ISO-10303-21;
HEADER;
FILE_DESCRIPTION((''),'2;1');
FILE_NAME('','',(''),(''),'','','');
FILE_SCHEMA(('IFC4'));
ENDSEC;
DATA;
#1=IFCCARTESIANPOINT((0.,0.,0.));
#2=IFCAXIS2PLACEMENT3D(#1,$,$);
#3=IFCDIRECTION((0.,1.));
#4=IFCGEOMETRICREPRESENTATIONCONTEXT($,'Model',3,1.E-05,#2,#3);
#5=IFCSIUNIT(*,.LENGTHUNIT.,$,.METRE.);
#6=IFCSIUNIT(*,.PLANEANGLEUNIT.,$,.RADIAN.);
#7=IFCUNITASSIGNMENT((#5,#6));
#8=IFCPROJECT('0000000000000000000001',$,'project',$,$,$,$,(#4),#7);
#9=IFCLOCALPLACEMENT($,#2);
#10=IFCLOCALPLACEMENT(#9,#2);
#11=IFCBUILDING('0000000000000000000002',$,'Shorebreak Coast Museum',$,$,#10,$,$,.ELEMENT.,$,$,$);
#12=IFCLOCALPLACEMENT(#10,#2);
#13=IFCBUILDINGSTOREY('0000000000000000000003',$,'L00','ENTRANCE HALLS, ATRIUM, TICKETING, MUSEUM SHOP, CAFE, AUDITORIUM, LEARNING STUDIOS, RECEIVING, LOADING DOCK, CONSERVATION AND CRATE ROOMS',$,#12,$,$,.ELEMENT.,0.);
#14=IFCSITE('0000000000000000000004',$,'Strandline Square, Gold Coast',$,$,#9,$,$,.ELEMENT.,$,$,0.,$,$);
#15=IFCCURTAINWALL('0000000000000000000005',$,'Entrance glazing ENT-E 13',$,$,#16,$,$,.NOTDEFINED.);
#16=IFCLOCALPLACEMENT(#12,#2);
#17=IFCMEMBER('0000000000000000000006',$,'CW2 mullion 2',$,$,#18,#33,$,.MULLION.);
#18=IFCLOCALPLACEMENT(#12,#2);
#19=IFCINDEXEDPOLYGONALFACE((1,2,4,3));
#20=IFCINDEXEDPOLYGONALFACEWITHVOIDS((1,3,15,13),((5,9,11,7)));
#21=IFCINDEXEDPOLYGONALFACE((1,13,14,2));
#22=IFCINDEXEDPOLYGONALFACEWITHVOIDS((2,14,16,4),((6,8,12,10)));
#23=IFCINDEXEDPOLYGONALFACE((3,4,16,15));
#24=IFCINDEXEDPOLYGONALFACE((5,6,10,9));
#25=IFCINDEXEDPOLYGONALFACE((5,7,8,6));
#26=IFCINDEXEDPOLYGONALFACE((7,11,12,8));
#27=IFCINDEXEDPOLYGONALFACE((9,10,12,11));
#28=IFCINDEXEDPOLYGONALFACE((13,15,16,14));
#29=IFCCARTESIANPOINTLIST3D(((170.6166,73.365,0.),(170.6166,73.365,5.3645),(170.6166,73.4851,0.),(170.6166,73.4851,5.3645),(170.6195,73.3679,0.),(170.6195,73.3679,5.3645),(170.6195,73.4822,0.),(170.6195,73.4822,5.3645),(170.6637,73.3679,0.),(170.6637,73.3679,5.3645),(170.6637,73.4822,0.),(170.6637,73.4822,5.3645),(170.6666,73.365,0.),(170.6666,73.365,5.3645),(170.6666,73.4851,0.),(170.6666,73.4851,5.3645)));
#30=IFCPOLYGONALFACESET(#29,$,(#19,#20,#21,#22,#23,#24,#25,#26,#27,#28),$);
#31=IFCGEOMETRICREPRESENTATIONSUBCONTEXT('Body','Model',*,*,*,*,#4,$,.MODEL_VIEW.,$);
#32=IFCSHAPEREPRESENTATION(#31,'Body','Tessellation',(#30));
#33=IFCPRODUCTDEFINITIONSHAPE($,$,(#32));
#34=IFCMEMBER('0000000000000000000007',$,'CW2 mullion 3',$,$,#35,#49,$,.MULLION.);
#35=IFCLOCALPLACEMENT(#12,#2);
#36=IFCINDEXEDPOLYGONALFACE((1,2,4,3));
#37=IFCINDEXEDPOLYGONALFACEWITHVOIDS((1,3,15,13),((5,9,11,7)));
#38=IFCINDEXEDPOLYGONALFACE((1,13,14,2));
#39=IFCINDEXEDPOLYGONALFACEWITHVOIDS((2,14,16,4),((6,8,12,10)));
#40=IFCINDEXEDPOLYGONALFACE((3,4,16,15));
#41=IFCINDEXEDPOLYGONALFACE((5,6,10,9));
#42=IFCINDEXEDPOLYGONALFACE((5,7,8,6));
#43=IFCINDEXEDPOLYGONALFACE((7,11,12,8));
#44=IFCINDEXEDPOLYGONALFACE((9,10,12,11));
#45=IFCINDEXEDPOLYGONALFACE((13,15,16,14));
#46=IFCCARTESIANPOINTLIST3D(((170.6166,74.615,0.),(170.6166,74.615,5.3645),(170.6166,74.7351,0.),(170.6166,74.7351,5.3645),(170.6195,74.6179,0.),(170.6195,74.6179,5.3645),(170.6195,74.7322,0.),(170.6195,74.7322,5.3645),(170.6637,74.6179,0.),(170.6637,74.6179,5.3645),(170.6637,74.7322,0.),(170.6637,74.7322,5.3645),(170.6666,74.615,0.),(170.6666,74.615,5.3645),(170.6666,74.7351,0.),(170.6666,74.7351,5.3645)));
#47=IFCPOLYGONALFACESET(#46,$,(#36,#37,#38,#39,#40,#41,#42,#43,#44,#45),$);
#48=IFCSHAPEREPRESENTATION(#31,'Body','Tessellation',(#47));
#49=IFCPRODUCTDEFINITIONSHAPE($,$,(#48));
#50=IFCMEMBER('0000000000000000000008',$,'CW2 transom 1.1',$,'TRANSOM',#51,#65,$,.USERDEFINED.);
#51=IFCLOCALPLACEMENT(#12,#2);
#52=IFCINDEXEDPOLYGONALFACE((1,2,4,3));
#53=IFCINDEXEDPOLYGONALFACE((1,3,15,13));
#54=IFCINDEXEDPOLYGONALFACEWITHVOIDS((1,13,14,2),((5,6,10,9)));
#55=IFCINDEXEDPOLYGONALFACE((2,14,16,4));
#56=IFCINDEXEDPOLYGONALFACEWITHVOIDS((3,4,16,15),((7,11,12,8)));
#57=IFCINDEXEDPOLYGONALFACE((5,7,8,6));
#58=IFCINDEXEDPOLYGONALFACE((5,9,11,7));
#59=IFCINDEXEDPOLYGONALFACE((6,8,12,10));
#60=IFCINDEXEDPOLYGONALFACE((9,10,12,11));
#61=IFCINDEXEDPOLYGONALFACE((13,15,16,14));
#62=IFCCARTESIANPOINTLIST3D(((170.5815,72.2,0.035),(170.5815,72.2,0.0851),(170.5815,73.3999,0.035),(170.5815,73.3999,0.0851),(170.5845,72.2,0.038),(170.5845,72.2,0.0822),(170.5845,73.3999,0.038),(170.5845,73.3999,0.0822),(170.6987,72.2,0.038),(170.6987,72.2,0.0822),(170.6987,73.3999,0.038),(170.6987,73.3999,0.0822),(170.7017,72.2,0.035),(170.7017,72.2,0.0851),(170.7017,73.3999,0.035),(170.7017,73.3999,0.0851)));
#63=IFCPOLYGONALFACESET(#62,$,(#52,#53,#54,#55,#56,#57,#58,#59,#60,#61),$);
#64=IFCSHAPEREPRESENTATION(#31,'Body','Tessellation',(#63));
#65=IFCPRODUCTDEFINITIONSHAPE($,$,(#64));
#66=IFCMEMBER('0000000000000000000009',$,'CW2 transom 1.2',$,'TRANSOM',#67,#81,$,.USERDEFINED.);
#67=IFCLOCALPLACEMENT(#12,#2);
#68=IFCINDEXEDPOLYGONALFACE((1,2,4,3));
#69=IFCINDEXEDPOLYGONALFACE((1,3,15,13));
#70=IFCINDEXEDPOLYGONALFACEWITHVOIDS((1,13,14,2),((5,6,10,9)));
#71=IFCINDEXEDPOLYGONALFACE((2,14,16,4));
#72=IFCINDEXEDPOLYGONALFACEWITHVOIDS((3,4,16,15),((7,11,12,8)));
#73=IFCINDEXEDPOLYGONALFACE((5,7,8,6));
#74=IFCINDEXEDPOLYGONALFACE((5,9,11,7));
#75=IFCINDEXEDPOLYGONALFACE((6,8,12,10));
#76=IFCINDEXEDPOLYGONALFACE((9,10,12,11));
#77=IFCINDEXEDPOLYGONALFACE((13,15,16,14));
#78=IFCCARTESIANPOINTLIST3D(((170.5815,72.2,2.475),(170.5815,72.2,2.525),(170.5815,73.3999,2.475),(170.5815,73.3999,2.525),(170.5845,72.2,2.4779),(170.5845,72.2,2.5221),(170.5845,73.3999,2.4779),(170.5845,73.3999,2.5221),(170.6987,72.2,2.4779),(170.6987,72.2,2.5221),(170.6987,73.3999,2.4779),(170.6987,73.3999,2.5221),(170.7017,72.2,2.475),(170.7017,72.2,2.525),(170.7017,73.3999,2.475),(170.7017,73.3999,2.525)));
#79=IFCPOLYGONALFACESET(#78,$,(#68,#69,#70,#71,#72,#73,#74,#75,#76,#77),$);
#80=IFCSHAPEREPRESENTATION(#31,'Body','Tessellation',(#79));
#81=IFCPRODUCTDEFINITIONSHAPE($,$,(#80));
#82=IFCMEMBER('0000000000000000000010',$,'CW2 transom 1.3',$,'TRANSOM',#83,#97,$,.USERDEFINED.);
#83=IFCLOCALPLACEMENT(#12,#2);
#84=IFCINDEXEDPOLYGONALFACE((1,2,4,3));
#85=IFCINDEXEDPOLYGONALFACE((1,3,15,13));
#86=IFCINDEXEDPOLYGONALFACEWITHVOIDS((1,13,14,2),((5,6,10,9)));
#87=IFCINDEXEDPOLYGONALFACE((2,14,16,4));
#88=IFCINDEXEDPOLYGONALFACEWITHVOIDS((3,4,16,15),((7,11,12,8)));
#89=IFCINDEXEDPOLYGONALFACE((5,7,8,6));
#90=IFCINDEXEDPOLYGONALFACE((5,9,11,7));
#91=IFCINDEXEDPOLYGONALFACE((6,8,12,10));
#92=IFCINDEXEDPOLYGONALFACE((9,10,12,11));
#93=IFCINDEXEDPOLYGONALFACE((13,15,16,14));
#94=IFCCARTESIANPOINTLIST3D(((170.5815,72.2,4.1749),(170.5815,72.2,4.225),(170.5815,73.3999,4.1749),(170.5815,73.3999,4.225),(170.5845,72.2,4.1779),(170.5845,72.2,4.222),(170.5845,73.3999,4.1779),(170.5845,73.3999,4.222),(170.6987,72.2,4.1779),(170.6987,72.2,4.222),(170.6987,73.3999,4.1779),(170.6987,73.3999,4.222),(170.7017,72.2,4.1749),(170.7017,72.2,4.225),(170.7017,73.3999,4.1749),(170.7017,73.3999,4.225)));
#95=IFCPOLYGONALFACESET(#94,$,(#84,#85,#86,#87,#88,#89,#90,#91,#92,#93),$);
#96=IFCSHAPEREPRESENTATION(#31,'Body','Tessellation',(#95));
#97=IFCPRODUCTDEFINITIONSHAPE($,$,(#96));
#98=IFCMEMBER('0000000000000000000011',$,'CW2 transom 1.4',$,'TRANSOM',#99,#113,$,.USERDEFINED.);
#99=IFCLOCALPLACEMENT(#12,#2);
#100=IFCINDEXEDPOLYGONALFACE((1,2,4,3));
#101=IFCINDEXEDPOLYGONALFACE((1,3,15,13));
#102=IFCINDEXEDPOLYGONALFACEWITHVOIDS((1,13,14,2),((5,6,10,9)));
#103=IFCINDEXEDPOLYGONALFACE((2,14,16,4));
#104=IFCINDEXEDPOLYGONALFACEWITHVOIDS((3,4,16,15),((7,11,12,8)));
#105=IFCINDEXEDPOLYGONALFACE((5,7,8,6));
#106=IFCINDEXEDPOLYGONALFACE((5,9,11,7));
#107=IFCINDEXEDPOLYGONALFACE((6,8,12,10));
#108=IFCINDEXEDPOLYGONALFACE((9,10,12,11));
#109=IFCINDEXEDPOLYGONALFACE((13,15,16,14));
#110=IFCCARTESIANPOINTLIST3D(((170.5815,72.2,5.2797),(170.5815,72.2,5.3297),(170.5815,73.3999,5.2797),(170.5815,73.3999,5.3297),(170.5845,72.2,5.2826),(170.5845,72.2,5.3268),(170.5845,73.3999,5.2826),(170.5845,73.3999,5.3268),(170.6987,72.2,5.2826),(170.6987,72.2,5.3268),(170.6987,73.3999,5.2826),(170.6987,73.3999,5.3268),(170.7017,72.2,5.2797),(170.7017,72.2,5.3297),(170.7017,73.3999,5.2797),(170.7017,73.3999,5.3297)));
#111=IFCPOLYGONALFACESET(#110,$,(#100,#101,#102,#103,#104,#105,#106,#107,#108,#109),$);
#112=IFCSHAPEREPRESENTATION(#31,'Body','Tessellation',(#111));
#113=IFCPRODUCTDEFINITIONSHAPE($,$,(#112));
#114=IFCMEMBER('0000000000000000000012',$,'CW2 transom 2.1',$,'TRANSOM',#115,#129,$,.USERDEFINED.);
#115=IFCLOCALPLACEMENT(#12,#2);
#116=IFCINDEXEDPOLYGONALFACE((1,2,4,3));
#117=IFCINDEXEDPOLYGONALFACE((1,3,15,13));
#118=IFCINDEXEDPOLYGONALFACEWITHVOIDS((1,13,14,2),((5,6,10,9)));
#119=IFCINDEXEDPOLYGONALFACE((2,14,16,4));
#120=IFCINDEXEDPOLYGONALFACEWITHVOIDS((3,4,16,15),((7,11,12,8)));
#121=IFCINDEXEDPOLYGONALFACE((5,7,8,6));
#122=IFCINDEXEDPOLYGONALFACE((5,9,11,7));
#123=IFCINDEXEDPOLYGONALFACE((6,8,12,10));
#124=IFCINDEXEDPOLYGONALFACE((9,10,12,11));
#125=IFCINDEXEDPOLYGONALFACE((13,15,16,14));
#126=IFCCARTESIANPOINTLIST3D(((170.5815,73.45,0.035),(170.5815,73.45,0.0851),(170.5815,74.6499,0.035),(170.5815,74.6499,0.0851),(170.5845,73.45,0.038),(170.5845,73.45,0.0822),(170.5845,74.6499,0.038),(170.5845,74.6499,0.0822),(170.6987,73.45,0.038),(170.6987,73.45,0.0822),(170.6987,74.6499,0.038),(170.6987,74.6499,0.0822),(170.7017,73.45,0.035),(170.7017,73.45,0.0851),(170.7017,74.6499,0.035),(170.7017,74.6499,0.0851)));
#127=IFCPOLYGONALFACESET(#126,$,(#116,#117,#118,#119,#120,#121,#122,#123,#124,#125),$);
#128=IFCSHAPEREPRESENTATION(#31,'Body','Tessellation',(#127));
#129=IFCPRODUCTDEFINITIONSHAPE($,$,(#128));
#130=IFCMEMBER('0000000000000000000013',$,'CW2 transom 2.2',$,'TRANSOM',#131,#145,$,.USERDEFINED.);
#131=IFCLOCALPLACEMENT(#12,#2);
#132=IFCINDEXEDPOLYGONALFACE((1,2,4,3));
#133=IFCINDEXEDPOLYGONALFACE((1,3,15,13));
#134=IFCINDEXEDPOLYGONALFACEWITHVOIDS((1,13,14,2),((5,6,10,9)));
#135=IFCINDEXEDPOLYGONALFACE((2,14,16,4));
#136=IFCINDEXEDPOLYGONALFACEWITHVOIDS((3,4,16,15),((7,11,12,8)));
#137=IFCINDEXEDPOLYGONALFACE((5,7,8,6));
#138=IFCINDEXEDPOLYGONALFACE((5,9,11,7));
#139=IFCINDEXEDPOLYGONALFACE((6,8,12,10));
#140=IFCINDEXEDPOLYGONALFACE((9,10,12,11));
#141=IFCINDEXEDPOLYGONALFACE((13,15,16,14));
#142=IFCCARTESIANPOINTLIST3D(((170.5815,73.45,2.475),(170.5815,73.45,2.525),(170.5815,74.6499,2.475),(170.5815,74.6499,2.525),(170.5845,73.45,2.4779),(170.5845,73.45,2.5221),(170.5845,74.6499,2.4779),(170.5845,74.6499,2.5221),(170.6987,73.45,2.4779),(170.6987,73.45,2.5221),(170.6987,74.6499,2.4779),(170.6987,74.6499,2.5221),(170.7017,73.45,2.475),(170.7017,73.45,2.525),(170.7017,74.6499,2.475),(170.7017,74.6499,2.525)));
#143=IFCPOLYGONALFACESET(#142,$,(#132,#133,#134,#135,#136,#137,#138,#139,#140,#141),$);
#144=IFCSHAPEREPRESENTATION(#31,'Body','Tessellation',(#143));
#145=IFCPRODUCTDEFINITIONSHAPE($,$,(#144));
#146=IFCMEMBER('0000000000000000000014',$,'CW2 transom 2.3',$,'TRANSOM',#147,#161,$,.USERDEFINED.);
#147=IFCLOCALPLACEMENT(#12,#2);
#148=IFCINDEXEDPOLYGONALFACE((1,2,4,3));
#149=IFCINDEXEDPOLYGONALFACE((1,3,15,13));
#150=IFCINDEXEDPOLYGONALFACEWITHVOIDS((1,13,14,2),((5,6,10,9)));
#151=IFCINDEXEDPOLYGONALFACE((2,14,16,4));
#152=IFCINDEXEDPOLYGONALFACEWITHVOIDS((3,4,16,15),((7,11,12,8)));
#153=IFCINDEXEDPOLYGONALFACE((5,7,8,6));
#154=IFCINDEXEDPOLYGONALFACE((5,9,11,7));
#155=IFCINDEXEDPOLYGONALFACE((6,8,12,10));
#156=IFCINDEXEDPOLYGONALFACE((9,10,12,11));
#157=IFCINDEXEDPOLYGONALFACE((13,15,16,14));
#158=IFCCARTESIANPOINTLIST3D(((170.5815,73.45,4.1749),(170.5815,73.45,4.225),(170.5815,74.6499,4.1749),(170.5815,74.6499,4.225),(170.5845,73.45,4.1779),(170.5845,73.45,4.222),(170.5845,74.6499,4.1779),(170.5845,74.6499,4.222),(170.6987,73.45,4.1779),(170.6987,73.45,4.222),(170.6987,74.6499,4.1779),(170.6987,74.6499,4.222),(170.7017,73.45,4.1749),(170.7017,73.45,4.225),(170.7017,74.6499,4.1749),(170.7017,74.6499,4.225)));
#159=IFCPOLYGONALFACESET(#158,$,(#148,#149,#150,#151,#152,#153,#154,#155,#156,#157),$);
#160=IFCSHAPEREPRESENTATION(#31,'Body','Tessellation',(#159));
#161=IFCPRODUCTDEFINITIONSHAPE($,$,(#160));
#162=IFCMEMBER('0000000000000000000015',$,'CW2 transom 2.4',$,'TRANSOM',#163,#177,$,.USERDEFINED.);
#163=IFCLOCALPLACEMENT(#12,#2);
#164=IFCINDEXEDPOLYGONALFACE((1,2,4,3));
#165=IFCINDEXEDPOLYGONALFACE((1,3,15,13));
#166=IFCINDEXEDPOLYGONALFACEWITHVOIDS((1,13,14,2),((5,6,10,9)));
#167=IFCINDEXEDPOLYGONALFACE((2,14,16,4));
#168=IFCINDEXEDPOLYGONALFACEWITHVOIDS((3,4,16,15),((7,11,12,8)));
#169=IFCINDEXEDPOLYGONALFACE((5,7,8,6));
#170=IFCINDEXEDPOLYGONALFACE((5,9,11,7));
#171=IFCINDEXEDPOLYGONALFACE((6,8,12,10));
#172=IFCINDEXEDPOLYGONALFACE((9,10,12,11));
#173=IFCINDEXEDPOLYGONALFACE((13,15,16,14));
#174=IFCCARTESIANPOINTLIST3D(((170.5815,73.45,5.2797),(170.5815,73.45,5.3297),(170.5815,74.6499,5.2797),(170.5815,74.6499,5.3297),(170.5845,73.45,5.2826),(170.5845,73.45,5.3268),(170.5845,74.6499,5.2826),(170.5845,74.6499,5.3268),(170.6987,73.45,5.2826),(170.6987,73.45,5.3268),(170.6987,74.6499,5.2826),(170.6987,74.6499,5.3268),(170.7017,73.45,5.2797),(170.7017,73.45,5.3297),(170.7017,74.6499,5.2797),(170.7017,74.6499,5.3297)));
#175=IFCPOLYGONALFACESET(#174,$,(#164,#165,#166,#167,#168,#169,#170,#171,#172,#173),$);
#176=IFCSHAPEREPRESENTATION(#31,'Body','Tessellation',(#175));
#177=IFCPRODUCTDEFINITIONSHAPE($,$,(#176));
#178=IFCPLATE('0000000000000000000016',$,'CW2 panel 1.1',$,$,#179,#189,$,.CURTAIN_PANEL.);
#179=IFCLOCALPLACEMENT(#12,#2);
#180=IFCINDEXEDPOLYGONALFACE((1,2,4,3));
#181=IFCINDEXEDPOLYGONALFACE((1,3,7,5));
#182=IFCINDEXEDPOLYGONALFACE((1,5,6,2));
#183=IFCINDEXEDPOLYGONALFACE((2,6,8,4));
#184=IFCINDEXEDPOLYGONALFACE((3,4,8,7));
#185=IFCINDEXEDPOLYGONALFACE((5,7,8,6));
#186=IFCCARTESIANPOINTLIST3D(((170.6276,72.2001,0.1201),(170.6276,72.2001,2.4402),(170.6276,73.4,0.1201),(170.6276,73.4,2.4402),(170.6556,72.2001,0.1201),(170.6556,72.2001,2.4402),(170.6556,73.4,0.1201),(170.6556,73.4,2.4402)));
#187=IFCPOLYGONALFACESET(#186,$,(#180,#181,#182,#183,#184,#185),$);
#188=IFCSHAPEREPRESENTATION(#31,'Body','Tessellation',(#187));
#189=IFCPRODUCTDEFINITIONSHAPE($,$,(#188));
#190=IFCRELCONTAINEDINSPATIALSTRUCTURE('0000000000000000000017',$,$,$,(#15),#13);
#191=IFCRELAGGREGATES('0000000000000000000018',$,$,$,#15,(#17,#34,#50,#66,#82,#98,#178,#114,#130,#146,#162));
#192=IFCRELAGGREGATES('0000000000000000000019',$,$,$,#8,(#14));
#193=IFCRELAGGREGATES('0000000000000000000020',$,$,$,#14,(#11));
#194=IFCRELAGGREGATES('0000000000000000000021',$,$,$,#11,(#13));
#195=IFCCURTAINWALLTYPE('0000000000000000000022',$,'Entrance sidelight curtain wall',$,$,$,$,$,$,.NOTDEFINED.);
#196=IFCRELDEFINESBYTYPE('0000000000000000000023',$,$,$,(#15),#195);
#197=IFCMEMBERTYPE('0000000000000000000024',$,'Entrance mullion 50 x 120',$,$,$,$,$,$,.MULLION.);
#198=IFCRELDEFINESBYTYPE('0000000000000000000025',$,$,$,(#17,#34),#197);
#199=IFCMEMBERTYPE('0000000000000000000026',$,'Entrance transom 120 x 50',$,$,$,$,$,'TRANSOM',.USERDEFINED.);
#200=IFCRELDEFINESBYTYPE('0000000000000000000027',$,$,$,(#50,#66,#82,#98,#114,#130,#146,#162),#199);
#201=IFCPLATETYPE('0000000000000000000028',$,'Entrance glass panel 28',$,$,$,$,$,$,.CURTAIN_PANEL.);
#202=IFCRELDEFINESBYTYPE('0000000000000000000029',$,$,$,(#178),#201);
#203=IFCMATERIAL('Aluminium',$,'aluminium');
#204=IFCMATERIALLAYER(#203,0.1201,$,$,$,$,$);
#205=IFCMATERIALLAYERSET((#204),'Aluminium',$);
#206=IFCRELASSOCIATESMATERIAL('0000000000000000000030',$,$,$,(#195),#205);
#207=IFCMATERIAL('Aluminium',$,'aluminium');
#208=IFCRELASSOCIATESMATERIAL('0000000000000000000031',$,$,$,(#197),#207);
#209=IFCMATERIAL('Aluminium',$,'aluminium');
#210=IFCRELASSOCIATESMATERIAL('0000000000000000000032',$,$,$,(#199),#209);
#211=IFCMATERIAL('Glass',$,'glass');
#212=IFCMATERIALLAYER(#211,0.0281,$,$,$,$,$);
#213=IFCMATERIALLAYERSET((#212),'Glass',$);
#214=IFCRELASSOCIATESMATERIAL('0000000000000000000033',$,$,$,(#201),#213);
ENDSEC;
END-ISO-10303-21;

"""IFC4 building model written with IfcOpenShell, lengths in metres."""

from ifc_helpers import new_model, si_unit, direction, frame, origin, origin_2d, place, context, subcontext, project, spatial, rectangle, hollow_rectangle, extrude, material, layer, layer_set, material_profile, profile_set, type_object, element, aggregate, save


model = new_model("IFC4")

# Units and contexts
model_context = context("Model", 3, precision=1e-05, world=origin(), true_north=direction((0.0, 1.0)))
body_context = subcontext(model_context, "Body", "Model", "MODEL_VIEW")
ifc_project = project(units=[si_unit("LENGTHUNIT", "METRE"), si_unit("PLANEANGLEUNIT", "RADIAN")], contexts=[model_context])

# Site, building, storey
site_placement = place(None, origin())
site = spatial("IfcSite", under=ifc_project, at=site_placement, Name="Strandline Square, Gold Coast", CompositionType="ELEMENT", RefElevation=0.0)
building_placement = place(site_placement, origin())
building = spatial("IfcBuilding", under=site, at=building_placement, Name="Shorebreak Coast Museum", CompositionType="ELEMENT")
storey_placement = place(building_placement, origin())
storey = spatial("IfcBuildingStorey", under=building, at=storey_placement, Name="L00", Description="ENTRANCE HALLS, ATRIUM, TICKETING, MUSEUM SHOP, CAFE, AUDITORIUM, LEARNING STUDIOS, RECEIVING, LOADING DOCK, CONSERVATION AND CRATE ROOMS", CompositionType="ELEMENT", Elevation=0.0)

# Curtain wall, members, plate
ifc_material_1 = material(Name="Aluminium", Category="aluminium")
ifc_layer_1 = layer(ifc_material_1, 0.1201)
ifc_layer_set_1 = layer_set([ifc_layer_1], Name="Aluminium")
curtain_wall_type = type_object("IfcCurtainWallType", Name="Entrance sidelight curtain wall", PredefinedType="NOTDEFINED", material=ifc_layer_set_1)
curtain_wall_placement = place(storey_placement, origin())
curtain_wall = element("IfcCurtainWall", 1, at=curtain_wall_placement, inside=storey, type_object=curtain_wall_type, Name="Entrance glazing ENT-E 13", PredefinedType="NOTDEFINED")
ifc_material_2 = material(Name="Aluminium", Category="aluminium")
ifc_material_profile_1 = material_profile(ifc_material_2, hollow_rectangle(XDim=0.05, YDim=0.1201, WallThickness=0.0029, at=origin_2d()), Name="AL 120x50 RHS")
ifc_profile_set_1 = profile_set([ifc_material_profile_1], Name="Aluminium")
member_type_1 = type_object("IfcMemberType", Name="Entrance mullion 50 x 120", PredefinedType="MULLION", material=ifc_profile_set_1)
member_1_placement = place(storey_placement, frame((170.6416, 73.425, 0.0), z_axis=(0.0, 0.0, 1.0), x_axis=(-1.0, 0.0, 0.0)))
member_1 = element("IfcMember", 2, at=member_1_placement, type_object=member_type_1, Name="CW2 mullion 2", PredefinedType="MULLION", context=body_context, shape_type="SweptSolid", body=[
    extrude(hollow_rectangle(XDim=0.05, YDim=0.1201, WallThickness=0.0029, at=origin_2d()), origin(), (0.0, 0.0, 1.0), 5.3645),
])
member_2_placement = place(storey_placement, frame((170.6416, 74.675, 0.0), z_axis=(0.0, 0.0, 1.0), x_axis=(-1.0, 0.0, 0.0)))
member_2 = element("IfcMember", 3, at=member_2_placement, type_object=member_type_1, Name="CW2 mullion 3", PredefinedType="MULLION", context=body_context, shape_type="SweptSolid", body=[
    extrude(hollow_rectangle(XDim=0.05, YDim=0.1201, WallThickness=0.0029, at=origin_2d()), origin(), (0.0, 0.0, 1.0), 5.3645),
])
ifc_material_3 = material(Name="Aluminium", Category="aluminium")
ifc_material_profile_2 = material_profile(ifc_material_3, hollow_rectangle(XDim=0.1201, YDim=0.05, WallThickness=0.0029, at=origin_2d()), Name="AL 50x120 RHS")
ifc_profile_set_2 = profile_set([ifc_material_profile_2], Name="Aluminium")
member_type_2 = type_object("IfcMemberType", Name="Entrance transom 120 x 50", ElementType="TRANSOM", PredefinedType="USERDEFINED", material=ifc_profile_set_2)
member_3_placement = place(storey_placement, frame((170.6416, 72.2, 0.0601), z_axis=(0.0, 1.0, 0.0), x_axis=(-1.0, 0.0, 0.0)))
member_3 = element("IfcMember", 4, at=member_3_placement, type_object=member_type_2, Name="CW2 transom 1.1", ObjectType="TRANSOM", PredefinedType="USERDEFINED", context=body_context, shape_type="SweptSolid", body=[
    extrude(hollow_rectangle(XDim=0.1201, YDim=0.05, WallThickness=0.0029, at=origin_2d()), origin(), (0.0, 0.0, 1.0), 1.2),
])
member_4_placement = place(storey_placement, frame((170.6416, 72.2, 2.5), z_axis=(0.0, 1.0, 0.0), x_axis=(-1.0, 0.0, 0.0)))
member_4 = element("IfcMember", 5, at=member_4_placement, type_object=member_type_2, Name="CW2 transom 1.2", ObjectType="TRANSOM", PredefinedType="USERDEFINED", context=body_context, shape_type="SweptSolid", body=[
    extrude(hollow_rectangle(XDim=0.1201, YDim=0.05, WallThickness=0.0029, at=origin_2d()), origin(), (0.0, 0.0, 1.0), 1.2),
])
member_5_placement = place(storey_placement, frame((170.6416, 72.2, 4.2), z_axis=(0.0, 1.0, 0.0), x_axis=(-1.0, 0.0, 0.0)))
member_5 = element("IfcMember", 6, at=member_5_placement, type_object=member_type_2, Name="CW2 transom 1.3", ObjectType="TRANSOM", PredefinedType="USERDEFINED", context=body_context, shape_type="SweptSolid", body=[
    extrude(hollow_rectangle(XDim=0.1201, YDim=0.05, WallThickness=0.0029, at=origin_2d()), origin(), (0.0, 0.0, 1.0), 1.2),
])
member_6_placement = place(storey_placement, frame((170.6416, 72.2, 5.3047), z_axis=(0.0, 1.0, 0.0), x_axis=(-1.0, 0.0, 0.0)))
member_6 = element("IfcMember", 7, at=member_6_placement, type_object=member_type_2, Name="CW2 transom 1.4", ObjectType="TRANSOM", PredefinedType="USERDEFINED", context=body_context, shape_type="SweptSolid", body=[
    extrude(hollow_rectangle(XDim=0.1201, YDim=0.05, WallThickness=0.0029, at=origin_2d()), origin(), (0.0, 0.0, 1.0), 1.2),
])
member_7_placement = place(storey_placement, frame((170.6416, 73.45, 0.0601), z_axis=(0.0, 1.0, 0.0), x_axis=(-1.0, 0.0, 0.0)))
member_7 = element("IfcMember", 8, at=member_7_placement, type_object=member_type_2, Name="CW2 transom 2.1", ObjectType="TRANSOM", PredefinedType="USERDEFINED", context=body_context, shape_type="SweptSolid", body=[
    extrude(hollow_rectangle(XDim=0.1201, YDim=0.05, WallThickness=0.0029, at=origin_2d()), origin(), (0.0, 0.0, 1.0), 1.2),
])
member_8_placement = place(storey_placement, frame((170.6416, 73.45, 2.5), z_axis=(0.0, 1.0, 0.0), x_axis=(-1.0, 0.0, 0.0)))
member_8 = element("IfcMember", 9, at=member_8_placement, type_object=member_type_2, Name="CW2 transom 2.2", ObjectType="TRANSOM", PredefinedType="USERDEFINED", context=body_context, shape_type="SweptSolid", body=[
    extrude(hollow_rectangle(XDim=0.1201, YDim=0.05, WallThickness=0.0029, at=origin_2d()), origin(), (0.0, 0.0, 1.0), 1.2),
])
member_9_placement = place(storey_placement, frame((170.6416, 73.45, 4.2), z_axis=(0.0, 1.0, 0.0), x_axis=(-1.0, 0.0, 0.0)))
member_9 = element("IfcMember", 10, at=member_9_placement, type_object=member_type_2, Name="CW2 transom 2.3", ObjectType="TRANSOM", PredefinedType="USERDEFINED", context=body_context, shape_type="SweptSolid", body=[
    extrude(hollow_rectangle(XDim=0.1201, YDim=0.05, WallThickness=0.0029, at=origin_2d()), origin(), (0.0, 0.0, 1.0), 1.2),
])
member_10_placement = place(storey_placement, frame((170.6416, 73.45, 5.3047), z_axis=(0.0, 1.0, 0.0), x_axis=(-1.0, 0.0, 0.0)))
member_10 = element("IfcMember", 11, at=member_10_placement, type_object=member_type_2, Name="CW2 transom 2.4", ObjectType="TRANSOM", PredefinedType="USERDEFINED", context=body_context, shape_type="SweptSolid", body=[
    extrude(hollow_rectangle(XDim=0.1201, YDim=0.05, WallThickness=0.0029, at=origin_2d()), origin(), (0.0, 0.0, 1.0), 1.2),
])
ifc_material_4 = material(Name="Glass", Category="glass")
ifc_layer_2 = layer(ifc_material_4, 0.0281)
ifc_layer_set_2 = layer_set([ifc_layer_2], Name="Glass")
plate_type = type_object("IfcPlateType", Name="Entrance glass panel 28", PredefinedType="CURTAIN_PANEL", material=ifc_layer_set_2)
plate_1_placement = place(storey_placement, frame((170.6416, 72.8, 0.1201), z_axis=(0.0, 0.0, 1.0), x_axis=(0.0, 1.0, 0.0)))
plate_1 = element("IfcPlate", 12, at=plate_1_placement, type_object=plate_type, Name="CW2 panel 1.1", PredefinedType="CURTAIN_PANEL", context=body_context, shape_type="SweptSolid", body=[
    extrude(rectangle(XDim=1.2, YDim=0.0281, at=origin_2d()), origin(), (0.0, 0.0, 1.0), 2.3201),
])
aggregate(curtain_wall, [member_1, member_2, member_3, member_4, member_5, member_6, plate_1, member_7, member_8, member_9, member_10])

save(model, "model.ifc")
